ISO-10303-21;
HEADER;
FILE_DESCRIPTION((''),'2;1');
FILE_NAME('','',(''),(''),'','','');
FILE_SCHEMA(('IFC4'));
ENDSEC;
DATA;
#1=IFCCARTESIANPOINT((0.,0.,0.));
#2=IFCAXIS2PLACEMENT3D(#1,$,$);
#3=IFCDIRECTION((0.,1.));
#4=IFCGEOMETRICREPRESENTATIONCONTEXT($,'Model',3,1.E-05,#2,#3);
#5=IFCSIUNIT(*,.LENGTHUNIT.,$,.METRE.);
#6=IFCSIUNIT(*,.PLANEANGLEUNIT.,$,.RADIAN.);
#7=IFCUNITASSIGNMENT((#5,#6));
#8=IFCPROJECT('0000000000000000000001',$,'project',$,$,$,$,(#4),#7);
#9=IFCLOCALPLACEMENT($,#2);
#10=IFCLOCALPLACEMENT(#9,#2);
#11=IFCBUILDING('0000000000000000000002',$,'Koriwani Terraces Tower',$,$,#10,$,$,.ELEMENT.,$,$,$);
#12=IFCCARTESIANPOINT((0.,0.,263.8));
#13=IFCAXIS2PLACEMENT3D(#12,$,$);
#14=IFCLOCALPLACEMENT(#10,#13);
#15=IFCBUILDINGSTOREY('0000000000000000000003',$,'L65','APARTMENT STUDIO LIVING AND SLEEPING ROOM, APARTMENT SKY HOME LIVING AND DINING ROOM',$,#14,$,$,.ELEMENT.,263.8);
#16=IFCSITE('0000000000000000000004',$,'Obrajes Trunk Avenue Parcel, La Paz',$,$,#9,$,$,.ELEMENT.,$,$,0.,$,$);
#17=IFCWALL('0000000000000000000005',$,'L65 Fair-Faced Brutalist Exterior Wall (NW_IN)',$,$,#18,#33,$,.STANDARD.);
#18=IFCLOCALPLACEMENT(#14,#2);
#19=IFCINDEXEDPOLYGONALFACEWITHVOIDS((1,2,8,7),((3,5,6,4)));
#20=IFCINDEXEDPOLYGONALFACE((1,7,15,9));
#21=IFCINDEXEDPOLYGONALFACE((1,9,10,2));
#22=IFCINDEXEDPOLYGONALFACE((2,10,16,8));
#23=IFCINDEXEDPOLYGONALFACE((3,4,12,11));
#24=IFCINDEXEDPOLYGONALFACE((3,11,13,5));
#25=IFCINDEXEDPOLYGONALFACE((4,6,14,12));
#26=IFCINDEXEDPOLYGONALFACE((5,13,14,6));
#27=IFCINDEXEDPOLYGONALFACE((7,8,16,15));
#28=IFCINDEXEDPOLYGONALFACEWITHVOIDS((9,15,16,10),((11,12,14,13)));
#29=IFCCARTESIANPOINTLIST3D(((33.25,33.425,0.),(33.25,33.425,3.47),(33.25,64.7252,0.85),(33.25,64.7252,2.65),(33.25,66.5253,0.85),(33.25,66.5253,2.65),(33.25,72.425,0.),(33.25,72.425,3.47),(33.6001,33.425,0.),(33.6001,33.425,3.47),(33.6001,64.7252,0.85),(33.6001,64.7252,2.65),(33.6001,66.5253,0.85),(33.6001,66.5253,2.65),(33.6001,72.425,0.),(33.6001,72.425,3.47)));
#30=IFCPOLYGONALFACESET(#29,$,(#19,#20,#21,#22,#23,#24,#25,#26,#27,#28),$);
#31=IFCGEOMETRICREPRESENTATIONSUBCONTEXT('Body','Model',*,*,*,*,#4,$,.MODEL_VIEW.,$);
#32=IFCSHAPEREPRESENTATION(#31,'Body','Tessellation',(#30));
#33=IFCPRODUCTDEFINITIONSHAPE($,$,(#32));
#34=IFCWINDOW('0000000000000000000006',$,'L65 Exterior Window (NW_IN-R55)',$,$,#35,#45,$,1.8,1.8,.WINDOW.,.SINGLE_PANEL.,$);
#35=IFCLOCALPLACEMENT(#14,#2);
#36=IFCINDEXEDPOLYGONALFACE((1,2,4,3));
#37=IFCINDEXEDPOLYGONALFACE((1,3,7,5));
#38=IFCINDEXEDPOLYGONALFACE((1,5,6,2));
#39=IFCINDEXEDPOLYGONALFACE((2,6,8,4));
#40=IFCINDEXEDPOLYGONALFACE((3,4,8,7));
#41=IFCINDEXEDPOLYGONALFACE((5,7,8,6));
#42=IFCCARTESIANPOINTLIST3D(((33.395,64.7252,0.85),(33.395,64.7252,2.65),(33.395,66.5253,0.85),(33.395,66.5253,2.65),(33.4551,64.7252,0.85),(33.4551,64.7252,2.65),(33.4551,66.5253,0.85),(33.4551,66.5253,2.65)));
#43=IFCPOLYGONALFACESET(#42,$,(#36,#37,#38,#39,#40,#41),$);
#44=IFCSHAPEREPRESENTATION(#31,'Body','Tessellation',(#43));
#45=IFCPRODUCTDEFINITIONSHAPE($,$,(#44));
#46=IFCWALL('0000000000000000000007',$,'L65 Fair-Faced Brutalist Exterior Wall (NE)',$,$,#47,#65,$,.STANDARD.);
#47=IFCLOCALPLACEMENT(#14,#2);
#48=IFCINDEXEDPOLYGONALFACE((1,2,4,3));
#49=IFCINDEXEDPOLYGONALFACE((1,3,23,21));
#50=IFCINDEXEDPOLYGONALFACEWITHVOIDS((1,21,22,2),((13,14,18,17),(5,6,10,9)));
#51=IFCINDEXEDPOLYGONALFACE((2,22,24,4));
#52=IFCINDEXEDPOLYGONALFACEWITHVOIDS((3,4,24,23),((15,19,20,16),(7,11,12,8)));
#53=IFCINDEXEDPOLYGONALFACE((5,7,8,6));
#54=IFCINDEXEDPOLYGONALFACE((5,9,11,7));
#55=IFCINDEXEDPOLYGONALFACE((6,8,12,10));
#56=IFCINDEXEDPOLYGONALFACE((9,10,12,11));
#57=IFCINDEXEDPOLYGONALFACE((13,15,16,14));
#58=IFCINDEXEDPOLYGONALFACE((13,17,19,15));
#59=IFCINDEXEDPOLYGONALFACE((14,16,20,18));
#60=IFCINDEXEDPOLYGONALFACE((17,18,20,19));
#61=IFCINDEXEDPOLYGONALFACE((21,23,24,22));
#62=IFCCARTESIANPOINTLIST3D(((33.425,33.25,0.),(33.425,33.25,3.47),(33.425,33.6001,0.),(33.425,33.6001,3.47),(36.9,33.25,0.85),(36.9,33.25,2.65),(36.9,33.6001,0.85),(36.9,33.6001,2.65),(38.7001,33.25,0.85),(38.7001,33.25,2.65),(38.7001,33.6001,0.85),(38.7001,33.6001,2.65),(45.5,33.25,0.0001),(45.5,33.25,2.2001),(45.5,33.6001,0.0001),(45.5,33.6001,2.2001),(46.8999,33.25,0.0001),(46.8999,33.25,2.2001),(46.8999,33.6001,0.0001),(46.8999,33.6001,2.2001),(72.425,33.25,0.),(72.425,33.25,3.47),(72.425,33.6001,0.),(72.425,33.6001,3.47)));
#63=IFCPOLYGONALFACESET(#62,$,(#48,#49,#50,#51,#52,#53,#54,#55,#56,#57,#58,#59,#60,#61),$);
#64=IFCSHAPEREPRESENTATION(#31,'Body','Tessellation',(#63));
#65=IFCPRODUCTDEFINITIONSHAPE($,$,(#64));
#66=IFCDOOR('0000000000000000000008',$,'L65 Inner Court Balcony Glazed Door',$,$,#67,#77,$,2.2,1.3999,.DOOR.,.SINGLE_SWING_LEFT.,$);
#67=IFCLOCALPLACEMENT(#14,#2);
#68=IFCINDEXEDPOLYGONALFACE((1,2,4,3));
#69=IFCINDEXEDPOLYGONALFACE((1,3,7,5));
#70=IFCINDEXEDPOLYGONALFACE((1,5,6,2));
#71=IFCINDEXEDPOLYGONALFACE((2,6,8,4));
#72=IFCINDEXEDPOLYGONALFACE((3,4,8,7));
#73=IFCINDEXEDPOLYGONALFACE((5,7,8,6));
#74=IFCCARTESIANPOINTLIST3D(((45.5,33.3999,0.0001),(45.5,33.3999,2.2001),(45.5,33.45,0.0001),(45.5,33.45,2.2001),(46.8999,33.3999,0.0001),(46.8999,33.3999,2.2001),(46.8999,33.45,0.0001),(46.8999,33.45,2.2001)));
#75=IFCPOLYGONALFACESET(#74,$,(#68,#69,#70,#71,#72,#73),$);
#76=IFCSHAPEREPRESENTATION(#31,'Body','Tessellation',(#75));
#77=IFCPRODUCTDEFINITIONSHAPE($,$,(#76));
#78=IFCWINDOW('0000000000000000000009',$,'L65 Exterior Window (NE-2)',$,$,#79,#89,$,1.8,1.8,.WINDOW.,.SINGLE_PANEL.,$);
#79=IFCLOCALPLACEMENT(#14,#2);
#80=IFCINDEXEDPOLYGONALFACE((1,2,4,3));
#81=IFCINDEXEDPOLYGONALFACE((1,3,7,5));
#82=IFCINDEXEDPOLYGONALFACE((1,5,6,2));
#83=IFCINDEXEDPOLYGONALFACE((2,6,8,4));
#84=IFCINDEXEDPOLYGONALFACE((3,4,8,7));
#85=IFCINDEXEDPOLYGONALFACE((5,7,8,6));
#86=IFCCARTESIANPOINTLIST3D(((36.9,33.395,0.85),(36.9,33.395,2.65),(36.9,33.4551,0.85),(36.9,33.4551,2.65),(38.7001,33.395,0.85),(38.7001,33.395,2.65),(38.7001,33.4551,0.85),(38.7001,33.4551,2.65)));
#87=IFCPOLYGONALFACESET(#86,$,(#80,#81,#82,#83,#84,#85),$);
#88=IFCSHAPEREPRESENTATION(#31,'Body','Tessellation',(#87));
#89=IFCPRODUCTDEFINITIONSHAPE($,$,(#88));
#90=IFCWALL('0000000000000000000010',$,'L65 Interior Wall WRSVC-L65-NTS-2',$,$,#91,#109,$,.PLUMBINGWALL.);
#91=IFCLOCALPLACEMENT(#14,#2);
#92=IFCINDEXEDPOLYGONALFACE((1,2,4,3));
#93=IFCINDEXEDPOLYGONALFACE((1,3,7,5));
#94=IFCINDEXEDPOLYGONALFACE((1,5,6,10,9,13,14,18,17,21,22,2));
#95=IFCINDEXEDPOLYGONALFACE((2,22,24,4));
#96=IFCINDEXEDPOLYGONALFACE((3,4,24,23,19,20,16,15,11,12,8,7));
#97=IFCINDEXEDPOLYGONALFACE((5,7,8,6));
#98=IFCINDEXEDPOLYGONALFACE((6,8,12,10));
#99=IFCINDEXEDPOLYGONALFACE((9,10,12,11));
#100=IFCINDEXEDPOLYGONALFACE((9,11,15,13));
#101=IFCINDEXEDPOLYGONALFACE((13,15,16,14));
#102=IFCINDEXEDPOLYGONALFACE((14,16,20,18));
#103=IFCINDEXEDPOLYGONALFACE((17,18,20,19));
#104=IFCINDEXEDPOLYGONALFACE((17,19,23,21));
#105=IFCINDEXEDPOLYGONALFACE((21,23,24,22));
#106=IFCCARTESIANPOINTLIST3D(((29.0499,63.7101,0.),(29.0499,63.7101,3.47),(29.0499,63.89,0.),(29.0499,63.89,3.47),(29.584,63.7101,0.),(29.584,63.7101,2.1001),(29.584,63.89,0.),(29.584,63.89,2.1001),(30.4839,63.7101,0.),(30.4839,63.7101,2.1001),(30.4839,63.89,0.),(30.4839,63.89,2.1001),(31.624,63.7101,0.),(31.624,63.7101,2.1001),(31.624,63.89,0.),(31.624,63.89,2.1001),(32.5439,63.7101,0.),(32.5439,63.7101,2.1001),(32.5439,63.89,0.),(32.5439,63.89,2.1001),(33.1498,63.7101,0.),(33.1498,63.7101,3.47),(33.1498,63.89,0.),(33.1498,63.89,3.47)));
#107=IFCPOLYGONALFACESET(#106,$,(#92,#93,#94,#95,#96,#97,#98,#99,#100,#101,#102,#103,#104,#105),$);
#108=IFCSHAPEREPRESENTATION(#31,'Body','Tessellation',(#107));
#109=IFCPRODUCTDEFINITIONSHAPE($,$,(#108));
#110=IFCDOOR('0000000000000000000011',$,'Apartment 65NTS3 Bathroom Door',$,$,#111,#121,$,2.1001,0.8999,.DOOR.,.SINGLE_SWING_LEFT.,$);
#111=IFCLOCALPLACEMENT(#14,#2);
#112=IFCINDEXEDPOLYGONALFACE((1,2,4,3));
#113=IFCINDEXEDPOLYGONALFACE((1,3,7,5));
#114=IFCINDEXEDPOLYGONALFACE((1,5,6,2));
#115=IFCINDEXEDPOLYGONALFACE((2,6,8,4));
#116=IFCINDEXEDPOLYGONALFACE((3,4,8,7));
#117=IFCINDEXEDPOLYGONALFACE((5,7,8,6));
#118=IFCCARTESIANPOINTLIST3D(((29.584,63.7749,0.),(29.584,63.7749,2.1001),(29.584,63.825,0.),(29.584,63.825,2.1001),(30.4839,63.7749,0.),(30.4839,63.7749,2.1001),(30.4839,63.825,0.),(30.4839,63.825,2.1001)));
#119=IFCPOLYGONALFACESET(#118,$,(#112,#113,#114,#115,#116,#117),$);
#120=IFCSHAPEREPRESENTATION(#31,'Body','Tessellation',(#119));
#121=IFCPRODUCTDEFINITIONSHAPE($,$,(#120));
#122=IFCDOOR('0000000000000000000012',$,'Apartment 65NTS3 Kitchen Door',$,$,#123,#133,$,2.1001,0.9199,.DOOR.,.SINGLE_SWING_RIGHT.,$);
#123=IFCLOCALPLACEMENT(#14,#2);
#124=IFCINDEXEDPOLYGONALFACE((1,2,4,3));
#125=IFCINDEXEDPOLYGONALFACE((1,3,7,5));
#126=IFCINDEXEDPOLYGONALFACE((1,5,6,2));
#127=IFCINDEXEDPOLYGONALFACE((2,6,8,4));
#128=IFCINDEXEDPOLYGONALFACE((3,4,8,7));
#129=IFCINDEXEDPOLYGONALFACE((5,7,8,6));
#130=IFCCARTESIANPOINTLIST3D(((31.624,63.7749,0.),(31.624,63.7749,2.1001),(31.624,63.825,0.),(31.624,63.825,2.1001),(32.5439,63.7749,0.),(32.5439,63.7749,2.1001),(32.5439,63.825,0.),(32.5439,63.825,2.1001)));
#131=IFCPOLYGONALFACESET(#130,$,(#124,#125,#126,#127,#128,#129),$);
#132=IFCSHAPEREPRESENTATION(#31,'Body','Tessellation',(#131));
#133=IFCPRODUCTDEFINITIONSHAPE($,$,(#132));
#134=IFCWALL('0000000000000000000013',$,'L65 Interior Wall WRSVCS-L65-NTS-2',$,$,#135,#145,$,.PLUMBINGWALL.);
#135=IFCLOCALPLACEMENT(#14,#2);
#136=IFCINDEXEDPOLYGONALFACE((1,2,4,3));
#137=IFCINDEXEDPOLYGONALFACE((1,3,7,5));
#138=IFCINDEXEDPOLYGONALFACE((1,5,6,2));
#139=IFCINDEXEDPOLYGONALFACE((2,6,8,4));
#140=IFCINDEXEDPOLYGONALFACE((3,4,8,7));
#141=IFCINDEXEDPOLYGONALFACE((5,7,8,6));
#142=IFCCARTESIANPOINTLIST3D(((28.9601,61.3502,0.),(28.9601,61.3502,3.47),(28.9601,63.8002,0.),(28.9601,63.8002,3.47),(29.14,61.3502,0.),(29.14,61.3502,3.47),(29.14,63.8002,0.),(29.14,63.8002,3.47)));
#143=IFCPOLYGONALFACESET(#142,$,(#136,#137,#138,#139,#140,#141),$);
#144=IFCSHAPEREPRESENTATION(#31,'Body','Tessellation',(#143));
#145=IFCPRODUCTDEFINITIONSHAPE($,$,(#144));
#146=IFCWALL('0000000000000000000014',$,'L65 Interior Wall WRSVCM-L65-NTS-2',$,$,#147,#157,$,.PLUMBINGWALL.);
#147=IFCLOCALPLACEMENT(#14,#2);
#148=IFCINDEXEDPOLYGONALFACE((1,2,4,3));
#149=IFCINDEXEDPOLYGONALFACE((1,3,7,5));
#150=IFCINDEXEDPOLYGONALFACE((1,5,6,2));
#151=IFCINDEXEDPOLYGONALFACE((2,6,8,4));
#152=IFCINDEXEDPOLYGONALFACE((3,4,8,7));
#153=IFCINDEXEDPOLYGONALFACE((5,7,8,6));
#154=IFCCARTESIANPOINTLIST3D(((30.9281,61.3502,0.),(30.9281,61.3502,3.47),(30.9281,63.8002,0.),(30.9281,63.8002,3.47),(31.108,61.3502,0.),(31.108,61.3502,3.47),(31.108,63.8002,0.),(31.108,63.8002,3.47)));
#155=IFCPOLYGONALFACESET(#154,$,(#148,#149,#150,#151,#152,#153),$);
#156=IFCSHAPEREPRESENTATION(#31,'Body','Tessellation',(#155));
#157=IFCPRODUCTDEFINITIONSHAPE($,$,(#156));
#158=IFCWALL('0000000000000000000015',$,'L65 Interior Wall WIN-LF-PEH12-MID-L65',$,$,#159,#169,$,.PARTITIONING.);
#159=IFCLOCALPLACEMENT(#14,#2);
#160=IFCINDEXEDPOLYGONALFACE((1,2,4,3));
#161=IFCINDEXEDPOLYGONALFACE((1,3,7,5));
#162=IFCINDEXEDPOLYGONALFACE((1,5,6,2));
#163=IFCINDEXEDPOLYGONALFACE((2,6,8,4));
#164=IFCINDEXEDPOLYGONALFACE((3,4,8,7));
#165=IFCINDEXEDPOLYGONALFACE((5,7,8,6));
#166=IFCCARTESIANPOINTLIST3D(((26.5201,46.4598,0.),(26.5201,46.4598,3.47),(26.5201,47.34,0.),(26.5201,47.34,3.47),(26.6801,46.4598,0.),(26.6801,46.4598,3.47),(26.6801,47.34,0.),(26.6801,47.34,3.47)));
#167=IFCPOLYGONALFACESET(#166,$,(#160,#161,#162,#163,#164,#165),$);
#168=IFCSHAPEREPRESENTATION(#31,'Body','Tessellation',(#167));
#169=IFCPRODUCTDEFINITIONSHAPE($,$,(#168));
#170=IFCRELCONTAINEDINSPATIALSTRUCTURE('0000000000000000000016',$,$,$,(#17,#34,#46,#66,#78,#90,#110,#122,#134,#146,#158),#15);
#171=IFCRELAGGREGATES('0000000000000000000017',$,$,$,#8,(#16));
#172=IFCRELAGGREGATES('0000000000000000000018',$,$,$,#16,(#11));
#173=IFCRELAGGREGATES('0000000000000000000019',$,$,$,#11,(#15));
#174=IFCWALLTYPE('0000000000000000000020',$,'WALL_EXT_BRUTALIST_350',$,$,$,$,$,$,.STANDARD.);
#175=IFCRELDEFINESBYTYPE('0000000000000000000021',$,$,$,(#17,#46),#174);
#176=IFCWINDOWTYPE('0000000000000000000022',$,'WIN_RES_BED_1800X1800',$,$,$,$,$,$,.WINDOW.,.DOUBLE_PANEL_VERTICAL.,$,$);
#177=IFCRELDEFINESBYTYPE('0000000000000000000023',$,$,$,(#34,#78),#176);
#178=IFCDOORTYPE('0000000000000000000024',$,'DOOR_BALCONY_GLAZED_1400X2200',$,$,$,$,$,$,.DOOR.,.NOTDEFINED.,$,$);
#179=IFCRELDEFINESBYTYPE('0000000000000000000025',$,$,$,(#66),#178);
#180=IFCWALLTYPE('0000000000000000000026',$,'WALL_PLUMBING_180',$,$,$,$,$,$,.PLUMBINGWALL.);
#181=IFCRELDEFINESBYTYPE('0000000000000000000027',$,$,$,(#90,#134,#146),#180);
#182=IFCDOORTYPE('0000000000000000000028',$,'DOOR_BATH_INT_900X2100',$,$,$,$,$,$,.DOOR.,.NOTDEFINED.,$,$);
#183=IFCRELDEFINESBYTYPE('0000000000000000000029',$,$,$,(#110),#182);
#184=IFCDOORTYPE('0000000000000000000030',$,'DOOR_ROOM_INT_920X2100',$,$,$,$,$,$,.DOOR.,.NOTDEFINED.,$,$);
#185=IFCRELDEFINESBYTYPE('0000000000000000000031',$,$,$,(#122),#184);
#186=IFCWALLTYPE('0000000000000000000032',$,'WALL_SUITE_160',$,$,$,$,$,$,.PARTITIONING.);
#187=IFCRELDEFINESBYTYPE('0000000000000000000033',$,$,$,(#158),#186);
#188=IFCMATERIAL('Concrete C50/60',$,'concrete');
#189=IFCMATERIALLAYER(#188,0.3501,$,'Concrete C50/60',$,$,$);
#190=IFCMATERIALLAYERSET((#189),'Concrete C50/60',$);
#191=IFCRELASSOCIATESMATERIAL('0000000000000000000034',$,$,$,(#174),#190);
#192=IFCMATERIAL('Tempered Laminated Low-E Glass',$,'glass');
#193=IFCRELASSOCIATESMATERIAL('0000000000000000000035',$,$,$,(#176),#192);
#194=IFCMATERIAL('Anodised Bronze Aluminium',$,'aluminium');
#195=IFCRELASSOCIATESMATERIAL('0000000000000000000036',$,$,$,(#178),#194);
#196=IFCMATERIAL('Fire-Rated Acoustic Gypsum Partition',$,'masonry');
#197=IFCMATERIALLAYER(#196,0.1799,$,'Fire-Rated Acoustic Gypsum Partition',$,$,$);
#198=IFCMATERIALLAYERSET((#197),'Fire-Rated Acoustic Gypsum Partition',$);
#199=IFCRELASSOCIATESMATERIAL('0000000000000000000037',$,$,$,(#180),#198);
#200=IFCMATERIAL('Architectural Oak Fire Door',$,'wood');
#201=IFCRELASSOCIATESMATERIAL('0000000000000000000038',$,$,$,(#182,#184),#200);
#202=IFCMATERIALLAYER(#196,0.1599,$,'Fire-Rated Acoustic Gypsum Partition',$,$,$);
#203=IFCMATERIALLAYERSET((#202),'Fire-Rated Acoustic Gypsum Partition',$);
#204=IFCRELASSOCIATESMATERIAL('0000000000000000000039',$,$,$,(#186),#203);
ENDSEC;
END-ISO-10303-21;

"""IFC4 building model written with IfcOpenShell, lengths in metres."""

from ifc_helpers import new_model, si_unit, direction, frame, frame_2d, origin, place, context, subcontext, project, spatial, rectangle, extrude, material, layer, layer_set, type_object, element, fill, save


model = new_model("IFC4")

# Units and contexts
model_context = context("Model", 3, precision=1e-05, world=origin(), true_north=direction((0.0, 1.0)))
body_context = subcontext(model_context, "Body", "Model", "MODEL_VIEW")
ifc_project = project(units=[si_unit("LENGTHUNIT", "METRE"), si_unit("PLANEANGLEUNIT", "RADIAN")], contexts=[model_context])

# Site, building, storey
site_placement = place(None, origin())
site = spatial("IfcSite", under=ifc_project, at=site_placement, Name="Obrajes Trunk Avenue Parcel, La Paz", CompositionType="ELEMENT", RefElevation=0.0)
building_placement = place(site_placement, origin())
building = spatial("IfcBuilding", under=site, at=building_placement, Name="Koriwani Terraces Tower", CompositionType="ELEMENT")
storey_placement = place(building_placement, frame((0.0, 0.0, 263.8)))
storey = spatial("IfcBuildingStorey", under=building, at=storey_placement, Name="L65", Description="APARTMENT STUDIO LIVING AND SLEEPING ROOM, APARTMENT SKY HOME LIVING AND DINING ROOM", CompositionType="ELEMENT", Elevation=263.8)

# Shared definitions
ifc_material_1 = material(Name="Concrete C50/60", Category="concrete")

# Shared definitions
ifc_layer_1 = layer(ifc_material_1, 0.3501, Name="Concrete C50/60")
ifc_layer_set_1 = layer_set([ifc_layer_1], Name="Concrete C50/60")
wall_type_1 = type_object("IfcWallType", Name="WALL_EXT_BRUTALIST_350", PredefinedType="STANDARD", material=ifc_layer_set_1)

# Wall, opening, window
ifc_material_2 = material(Name="Tempered Laminated Low-E Glass", Category="glass")
window_type = type_object("IfcWindowType", Name="WIN_RES_BED_1800X1800", PartitioningType="DOUBLE_PANEL_VERTICAL", PredefinedType="WINDOW", material=ifc_material_2)
wall_1_placement = place(storey_placement, frame((33.425, 72.425, 0.0), z_axis=(0.0, 0.0, 1.0), x_axis=(0.0, -1.0, 0.0)))
wall_1 = element("IfcWall", 1, at=wall_1_placement, inside=storey, type_object=wall_type_1, Name="L65 Fair-Faced Brutalist Exterior Wall (NW_IN)", PredefinedType="STANDARD", context=body_context, shape_type="SweptSolid", body=[
    extrude(rectangle(XDim=39.0, YDim=0.3501, at=frame_2d((19.5, 0.0))), origin(), (0.0, 0.0, 1.0), 3.47),
])
opening_1_placement = place(wall_1_placement, frame((5.8999, 0.0, 0.8501)))
opening_1 = element("IfcOpeningElement", 2, at=opening_1_placement, cuts=wall_1, PredefinedType="OPENING", context=body_context, shape_type="SweptSolid", body=[
    extrude(rectangle(XDim=1.8, YDim=1.8, at=frame_2d((0.8999, 0.8999))), frame((0.0, 0.1851, 0.0), z_axis=(0.0, -1.0, 0.0), x_axis=(1.0, 0.0, 0.0)), (0.0, 0.0, 1.0), 0.3701),
])
window_1_placement = place(opening_1_placement, origin())
window_1 = element("IfcWindow", 3, at=window_1_placement, inside=storey, type_object=window_type, Name="L65 Exterior Window (NW_IN-R55)", OverallHeight=1.8, OverallWidth=1.8, PartitioningType="SINGLE_PANEL", PredefinedType="WINDOW", context=body_context, shape_type="SweptSolid", body=[
    extrude(rectangle(XDim=1.8, YDim=1.8, at=frame_2d((0.8999, 0.8999))), frame((0.0, 0.03, 0.0), z_axis=(0.0, -1.0, 0.0), x_axis=(1.0, 0.0, 0.0)), (0.0, 0.0, 1.0), 0.0601),
])
fill(opening_1, window_1)

# Wall, openings, door, window
wall_2_placement = place(storey_placement, frame((33.425, 33.425, 0.0), z_axis=(0.0, 0.0, 1.0), x_axis=(1.0, 0.0, 0.0)))
wall_2 = element("IfcWall", 4, at=wall_2_placement, inside=storey, type_object=wall_type_1, Name="L65 Fair-Faced Brutalist Exterior Wall (NE)", PredefinedType="STANDARD", context=body_context, shape_type="SweptSolid", body=[
    extrude(rectangle(XDim=39.0, YDim=0.3501, at=frame_2d((19.5, 0.0))), origin(), (0.0, 0.0, 1.0), 3.47),
])
opening_2_placement = place(wall_2_placement, frame((12.075, 0.0, 0.0)))
opening_2 = element("IfcOpeningElement", 5, at=opening_2_placement, cuts=wall_2, PredefinedType="OPENING", context=body_context, shape_type="SweptSolid", body=[
    extrude(rectangle(XDim=1.3999, YDim=2.2, at=frame_2d((0.7, 1.1001))), frame((0.0, 0.1851, 0.0), z_axis=(0.0, -1.0, 0.0), x_axis=(1.0, 0.0, 0.0)), (0.0, 0.0, 1.0), 0.3701),
])
opening_3_placement = place(wall_2_placement, frame((3.4751, 0.0, 0.8501)))
opening_3 = element("IfcOpeningElement", 6, at=opening_3_placement, cuts=wall_2, PredefinedType="OPENING", context=body_context, shape_type="SweptSolid", body=[
    extrude(rectangle(XDim=1.8, YDim=1.8, at=frame_2d((0.8999, 0.8999))), frame((0.0, 0.1851, 0.0), z_axis=(0.0, -1.0, 0.0), x_axis=(1.0, 0.0, 0.0)), (0.0, 0.0, 1.0), 0.3701),
])
ifc_material_3 = material(Name="Anodised Bronze Aluminium", Category="aluminium")
door_type_1 = type_object("IfcDoorType", Name="DOOR_BALCONY_GLAZED_1400X2200", OperationType="NOTDEFINED", PredefinedType="DOOR", material=ifc_material_3)
door_1_placement = place(opening_2_placement, origin())
door_1 = element("IfcDoor", 7, at=door_1_placement, inside=storey, type_object=door_type_1, Name="L65 Inner Court Balcony Glazed Door", OperationType="SINGLE_SWING_LEFT", OverallHeight=2.2, OverallWidth=1.3999, PredefinedType="DOOR", context=body_context, shape_type="SweptSolid", body=[
    extrude(rectangle(XDim=1.3999, YDim=2.2, at=frame_2d((0.7, 1.1001))), frame((0.0, 0.0249, 0.0), z_axis=(0.0, -1.0, 0.0), x_axis=(1.0, 0.0, 0.0)), (0.0, 0.0, 1.0), 0.05),
])
fill(opening_2, door_1)
window_2_placement = place(opening_3_placement, origin())
window_2 = element("IfcWindow", 8, at=window_2_placement, inside=storey, type_object=window_type, Name="L65 Exterior Window (NE-2)", OverallHeight=1.8, OverallWidth=1.8, PartitioningType="SINGLE_PANEL", PredefinedType="WINDOW", context=body_context, shape_type="SweptSolid", body=[
    extrude(rectangle(XDim=1.8, YDim=1.8, at=frame_2d((0.8999, 0.8999))), frame((0.0, 0.03, 0.0), z_axis=(0.0, -1.0, 0.0), x_axis=(1.0, 0.0, 0.0)), (0.0, 0.0, 1.0), 0.0601),
])
fill(opening_3, window_2)

# Wall, openings, doors
ifc_material_4 = material(Name="Fire-Rated Acoustic Gypsum Partition", Category="masonry")
ifc_layer_2 = layer(ifc_material_4, 0.1799, Name="Fire-Rated Acoustic Gypsum Partition")
ifc_layer_set_2 = layer_set([ifc_layer_2], Name="Fire-Rated Acoustic Gypsum Partition")
wall_type_2 = type_object("IfcWallType", Name="WALL_PLUMBING_180", PredefinedType="PLUMBINGWALL", material=ifc_layer_set_2)
wall_3_placement = place(storey_placement, frame((29.05, 63.8, 0.0), z_axis=(0.0, 0.0, 1.0), x_axis=(1.0, 0.0, 0.0)))
wall_3 = element("IfcWall", 9, at=wall_3_placement, inside=storey, type_object=wall_type_2, Name="L65 Interior Wall WRSVC-L65-NTS-2", PredefinedType="PLUMBINGWALL", context=body_context, shape_type="SweptSolid", body=[
    extrude(rectangle(XDim=4.0999, YDim=0.1799, at=frame_2d((2.0498, 0.0))), origin(), (0.0, 0.0, 1.0), 3.47),
])
opening_4_placement = place(wall_3_placement, frame((0.5339, 0.0, 0.0)))
opening_4 = element("IfcOpeningElement", 10, at=opening_4_placement, cuts=wall_3, PredefinedType="OPENING", context=body_context, shape_type="SweptSolid", body=[
    extrude(rectangle(XDim=0.8999, YDim=2.1001, at=frame_2d((0.45, 1.05))), frame((0.0, 0.1001, 0.0), z_axis=(0.0, -1.0, 0.0), x_axis=(1.0, 0.0, 0.0)), (0.0, 0.0, 1.0), 0.2),
])
opening_5_placement = place(wall_3_placement, frame((2.574, 0.0, 0.0)))
opening_5 = element("IfcOpeningElement", 11, at=opening_5_placement, cuts=wall_3, PredefinedType="OPENING", context=body_context, shape_type="SweptSolid", body=[
    extrude(rectangle(XDim=0.9199, YDim=2.1001, at=frame_2d((0.46, 1.05))), frame((0.0, 0.1001, 0.0), z_axis=(0.0, -1.0, 0.0), x_axis=(1.0, 0.0, 0.0)), (0.0, 0.0, 1.0), 0.2),
])
ifc_material_5 = material(Name="Architectural Oak Fire Door", Category="wood")
door_type_2 = type_object("IfcDoorType", Name="DOOR_BATH_INT_900X2100", OperationType="NOTDEFINED", PredefinedType="DOOR", material=ifc_material_5)
door_2_placement = place(opening_4_placement, origin())
door_2 = element("IfcDoor", 12, at=door_2_placement, inside=storey, type_object=door_type_2, Name="Apartment 65NTS3 Bathroom Door", OperationType="SINGLE_SWING_LEFT", OverallHeight=2.1001, OverallWidth=0.8999, PredefinedType="DOOR", context=body_context, shape_type="SweptSolid", body=[
    extrude(rectangle(XDim=0.8999, YDim=2.1001, at=frame_2d((0.45, 1.05))), frame((0.0, 0.0249, 0.0), z_axis=(0.0, -1.0, 0.0), x_axis=(1.0, 0.0, 0.0)), (0.0, 0.0, 1.0), 0.05),
])
fill(opening_4, door_2)
door_type_3 = type_object("IfcDoorType", Name="DOOR_ROOM_INT_920X2100", OperationType="NOTDEFINED", PredefinedType="DOOR", material=ifc_material_5)
door_3_placement = place(opening_5_placement, origin())
door_3 = element("IfcDoor", 13, at=door_3_placement, inside=storey, type_object=door_type_3, Name="Apartment 65NTS3 Kitchen Door", OperationType="SINGLE_SWING_RIGHT", OverallHeight=2.1001, OverallWidth=0.9199, PredefinedType="DOOR", context=body_context, shape_type="SweptSolid", body=[
    extrude(rectangle(XDim=0.9199, YDim=2.1001, at=frame_2d((0.46, 1.05))), frame((0.0, 0.0249, 0.0), z_axis=(0.0, -1.0, 0.0), x_axis=(1.0, 0.0, 0.0)), (0.0, 0.0, 1.0), 0.05),
])
fill(opening_5, door_3)

# Walls
for number, where, z_axis, x_axis, name in (
    (14, (29.05, 61.3501, 0.0), (0.0, 0.0, 1.0), (0.0, 1.0, 0.0), "L65 Interior Wall WRSVCS-L65-NTS-2"),
    (15, (31.0181, 61.3501, 0.0), (0.0, 0.0, 1.0), (0.0, 1.0, 0.0), "L65 Interior Wall WRSVCM-L65-NTS-2"),
):
    element("IfcWall", number, at=place(storey_placement, frame(where, z_axis=z_axis, x_axis=x_axis)), inside=storey, type_object=wall_type_2, Name=name, PredefinedType="PLUMBINGWALL", context=body_context, shape_type="SweptSolid", body=[
        extrude(rectangle(XDim=2.45, YDim=0.1799, at=frame_2d((1.2251, 0.0))), origin(), (0.0, 0.0, 1.0), 3.47),
    ])

# Wall
ifc_layer_3 = layer(ifc_material_4, 0.1599, Name="Fire-Rated Acoustic Gypsum Partition")
ifc_layer_set_3 = layer_set([ifc_layer_3], Name="Fire-Rated Acoustic Gypsum Partition")
wall_type_3 = type_object("IfcWallType", Name="WALL_SUITE_160", PredefinedType="PARTITIONING", material=ifc_layer_set_3)
wall_4_placement = place(storey_placement, frame((26.6001, 46.46, 0.0), z_axis=(0.0, 0.0, 1.0), x_axis=(0.0, 1.0, 0.0)))
element("IfcWall", 16, at=wall_4_placement, inside=storey, type_object=wall_type_3, Name="L65 Interior Wall WIN-LF-PEH12-MID-L65", PredefinedType="PARTITIONING", context=body_context, shape_type="SweptSolid", body=[
    extrude(rectangle(XDim=0.8801, YDim=0.1599, at=frame_2d((0.4399, 0.0))), origin(), (0.0, 0.0, 1.0), 3.47),
])

save(model, "model.ifc")
